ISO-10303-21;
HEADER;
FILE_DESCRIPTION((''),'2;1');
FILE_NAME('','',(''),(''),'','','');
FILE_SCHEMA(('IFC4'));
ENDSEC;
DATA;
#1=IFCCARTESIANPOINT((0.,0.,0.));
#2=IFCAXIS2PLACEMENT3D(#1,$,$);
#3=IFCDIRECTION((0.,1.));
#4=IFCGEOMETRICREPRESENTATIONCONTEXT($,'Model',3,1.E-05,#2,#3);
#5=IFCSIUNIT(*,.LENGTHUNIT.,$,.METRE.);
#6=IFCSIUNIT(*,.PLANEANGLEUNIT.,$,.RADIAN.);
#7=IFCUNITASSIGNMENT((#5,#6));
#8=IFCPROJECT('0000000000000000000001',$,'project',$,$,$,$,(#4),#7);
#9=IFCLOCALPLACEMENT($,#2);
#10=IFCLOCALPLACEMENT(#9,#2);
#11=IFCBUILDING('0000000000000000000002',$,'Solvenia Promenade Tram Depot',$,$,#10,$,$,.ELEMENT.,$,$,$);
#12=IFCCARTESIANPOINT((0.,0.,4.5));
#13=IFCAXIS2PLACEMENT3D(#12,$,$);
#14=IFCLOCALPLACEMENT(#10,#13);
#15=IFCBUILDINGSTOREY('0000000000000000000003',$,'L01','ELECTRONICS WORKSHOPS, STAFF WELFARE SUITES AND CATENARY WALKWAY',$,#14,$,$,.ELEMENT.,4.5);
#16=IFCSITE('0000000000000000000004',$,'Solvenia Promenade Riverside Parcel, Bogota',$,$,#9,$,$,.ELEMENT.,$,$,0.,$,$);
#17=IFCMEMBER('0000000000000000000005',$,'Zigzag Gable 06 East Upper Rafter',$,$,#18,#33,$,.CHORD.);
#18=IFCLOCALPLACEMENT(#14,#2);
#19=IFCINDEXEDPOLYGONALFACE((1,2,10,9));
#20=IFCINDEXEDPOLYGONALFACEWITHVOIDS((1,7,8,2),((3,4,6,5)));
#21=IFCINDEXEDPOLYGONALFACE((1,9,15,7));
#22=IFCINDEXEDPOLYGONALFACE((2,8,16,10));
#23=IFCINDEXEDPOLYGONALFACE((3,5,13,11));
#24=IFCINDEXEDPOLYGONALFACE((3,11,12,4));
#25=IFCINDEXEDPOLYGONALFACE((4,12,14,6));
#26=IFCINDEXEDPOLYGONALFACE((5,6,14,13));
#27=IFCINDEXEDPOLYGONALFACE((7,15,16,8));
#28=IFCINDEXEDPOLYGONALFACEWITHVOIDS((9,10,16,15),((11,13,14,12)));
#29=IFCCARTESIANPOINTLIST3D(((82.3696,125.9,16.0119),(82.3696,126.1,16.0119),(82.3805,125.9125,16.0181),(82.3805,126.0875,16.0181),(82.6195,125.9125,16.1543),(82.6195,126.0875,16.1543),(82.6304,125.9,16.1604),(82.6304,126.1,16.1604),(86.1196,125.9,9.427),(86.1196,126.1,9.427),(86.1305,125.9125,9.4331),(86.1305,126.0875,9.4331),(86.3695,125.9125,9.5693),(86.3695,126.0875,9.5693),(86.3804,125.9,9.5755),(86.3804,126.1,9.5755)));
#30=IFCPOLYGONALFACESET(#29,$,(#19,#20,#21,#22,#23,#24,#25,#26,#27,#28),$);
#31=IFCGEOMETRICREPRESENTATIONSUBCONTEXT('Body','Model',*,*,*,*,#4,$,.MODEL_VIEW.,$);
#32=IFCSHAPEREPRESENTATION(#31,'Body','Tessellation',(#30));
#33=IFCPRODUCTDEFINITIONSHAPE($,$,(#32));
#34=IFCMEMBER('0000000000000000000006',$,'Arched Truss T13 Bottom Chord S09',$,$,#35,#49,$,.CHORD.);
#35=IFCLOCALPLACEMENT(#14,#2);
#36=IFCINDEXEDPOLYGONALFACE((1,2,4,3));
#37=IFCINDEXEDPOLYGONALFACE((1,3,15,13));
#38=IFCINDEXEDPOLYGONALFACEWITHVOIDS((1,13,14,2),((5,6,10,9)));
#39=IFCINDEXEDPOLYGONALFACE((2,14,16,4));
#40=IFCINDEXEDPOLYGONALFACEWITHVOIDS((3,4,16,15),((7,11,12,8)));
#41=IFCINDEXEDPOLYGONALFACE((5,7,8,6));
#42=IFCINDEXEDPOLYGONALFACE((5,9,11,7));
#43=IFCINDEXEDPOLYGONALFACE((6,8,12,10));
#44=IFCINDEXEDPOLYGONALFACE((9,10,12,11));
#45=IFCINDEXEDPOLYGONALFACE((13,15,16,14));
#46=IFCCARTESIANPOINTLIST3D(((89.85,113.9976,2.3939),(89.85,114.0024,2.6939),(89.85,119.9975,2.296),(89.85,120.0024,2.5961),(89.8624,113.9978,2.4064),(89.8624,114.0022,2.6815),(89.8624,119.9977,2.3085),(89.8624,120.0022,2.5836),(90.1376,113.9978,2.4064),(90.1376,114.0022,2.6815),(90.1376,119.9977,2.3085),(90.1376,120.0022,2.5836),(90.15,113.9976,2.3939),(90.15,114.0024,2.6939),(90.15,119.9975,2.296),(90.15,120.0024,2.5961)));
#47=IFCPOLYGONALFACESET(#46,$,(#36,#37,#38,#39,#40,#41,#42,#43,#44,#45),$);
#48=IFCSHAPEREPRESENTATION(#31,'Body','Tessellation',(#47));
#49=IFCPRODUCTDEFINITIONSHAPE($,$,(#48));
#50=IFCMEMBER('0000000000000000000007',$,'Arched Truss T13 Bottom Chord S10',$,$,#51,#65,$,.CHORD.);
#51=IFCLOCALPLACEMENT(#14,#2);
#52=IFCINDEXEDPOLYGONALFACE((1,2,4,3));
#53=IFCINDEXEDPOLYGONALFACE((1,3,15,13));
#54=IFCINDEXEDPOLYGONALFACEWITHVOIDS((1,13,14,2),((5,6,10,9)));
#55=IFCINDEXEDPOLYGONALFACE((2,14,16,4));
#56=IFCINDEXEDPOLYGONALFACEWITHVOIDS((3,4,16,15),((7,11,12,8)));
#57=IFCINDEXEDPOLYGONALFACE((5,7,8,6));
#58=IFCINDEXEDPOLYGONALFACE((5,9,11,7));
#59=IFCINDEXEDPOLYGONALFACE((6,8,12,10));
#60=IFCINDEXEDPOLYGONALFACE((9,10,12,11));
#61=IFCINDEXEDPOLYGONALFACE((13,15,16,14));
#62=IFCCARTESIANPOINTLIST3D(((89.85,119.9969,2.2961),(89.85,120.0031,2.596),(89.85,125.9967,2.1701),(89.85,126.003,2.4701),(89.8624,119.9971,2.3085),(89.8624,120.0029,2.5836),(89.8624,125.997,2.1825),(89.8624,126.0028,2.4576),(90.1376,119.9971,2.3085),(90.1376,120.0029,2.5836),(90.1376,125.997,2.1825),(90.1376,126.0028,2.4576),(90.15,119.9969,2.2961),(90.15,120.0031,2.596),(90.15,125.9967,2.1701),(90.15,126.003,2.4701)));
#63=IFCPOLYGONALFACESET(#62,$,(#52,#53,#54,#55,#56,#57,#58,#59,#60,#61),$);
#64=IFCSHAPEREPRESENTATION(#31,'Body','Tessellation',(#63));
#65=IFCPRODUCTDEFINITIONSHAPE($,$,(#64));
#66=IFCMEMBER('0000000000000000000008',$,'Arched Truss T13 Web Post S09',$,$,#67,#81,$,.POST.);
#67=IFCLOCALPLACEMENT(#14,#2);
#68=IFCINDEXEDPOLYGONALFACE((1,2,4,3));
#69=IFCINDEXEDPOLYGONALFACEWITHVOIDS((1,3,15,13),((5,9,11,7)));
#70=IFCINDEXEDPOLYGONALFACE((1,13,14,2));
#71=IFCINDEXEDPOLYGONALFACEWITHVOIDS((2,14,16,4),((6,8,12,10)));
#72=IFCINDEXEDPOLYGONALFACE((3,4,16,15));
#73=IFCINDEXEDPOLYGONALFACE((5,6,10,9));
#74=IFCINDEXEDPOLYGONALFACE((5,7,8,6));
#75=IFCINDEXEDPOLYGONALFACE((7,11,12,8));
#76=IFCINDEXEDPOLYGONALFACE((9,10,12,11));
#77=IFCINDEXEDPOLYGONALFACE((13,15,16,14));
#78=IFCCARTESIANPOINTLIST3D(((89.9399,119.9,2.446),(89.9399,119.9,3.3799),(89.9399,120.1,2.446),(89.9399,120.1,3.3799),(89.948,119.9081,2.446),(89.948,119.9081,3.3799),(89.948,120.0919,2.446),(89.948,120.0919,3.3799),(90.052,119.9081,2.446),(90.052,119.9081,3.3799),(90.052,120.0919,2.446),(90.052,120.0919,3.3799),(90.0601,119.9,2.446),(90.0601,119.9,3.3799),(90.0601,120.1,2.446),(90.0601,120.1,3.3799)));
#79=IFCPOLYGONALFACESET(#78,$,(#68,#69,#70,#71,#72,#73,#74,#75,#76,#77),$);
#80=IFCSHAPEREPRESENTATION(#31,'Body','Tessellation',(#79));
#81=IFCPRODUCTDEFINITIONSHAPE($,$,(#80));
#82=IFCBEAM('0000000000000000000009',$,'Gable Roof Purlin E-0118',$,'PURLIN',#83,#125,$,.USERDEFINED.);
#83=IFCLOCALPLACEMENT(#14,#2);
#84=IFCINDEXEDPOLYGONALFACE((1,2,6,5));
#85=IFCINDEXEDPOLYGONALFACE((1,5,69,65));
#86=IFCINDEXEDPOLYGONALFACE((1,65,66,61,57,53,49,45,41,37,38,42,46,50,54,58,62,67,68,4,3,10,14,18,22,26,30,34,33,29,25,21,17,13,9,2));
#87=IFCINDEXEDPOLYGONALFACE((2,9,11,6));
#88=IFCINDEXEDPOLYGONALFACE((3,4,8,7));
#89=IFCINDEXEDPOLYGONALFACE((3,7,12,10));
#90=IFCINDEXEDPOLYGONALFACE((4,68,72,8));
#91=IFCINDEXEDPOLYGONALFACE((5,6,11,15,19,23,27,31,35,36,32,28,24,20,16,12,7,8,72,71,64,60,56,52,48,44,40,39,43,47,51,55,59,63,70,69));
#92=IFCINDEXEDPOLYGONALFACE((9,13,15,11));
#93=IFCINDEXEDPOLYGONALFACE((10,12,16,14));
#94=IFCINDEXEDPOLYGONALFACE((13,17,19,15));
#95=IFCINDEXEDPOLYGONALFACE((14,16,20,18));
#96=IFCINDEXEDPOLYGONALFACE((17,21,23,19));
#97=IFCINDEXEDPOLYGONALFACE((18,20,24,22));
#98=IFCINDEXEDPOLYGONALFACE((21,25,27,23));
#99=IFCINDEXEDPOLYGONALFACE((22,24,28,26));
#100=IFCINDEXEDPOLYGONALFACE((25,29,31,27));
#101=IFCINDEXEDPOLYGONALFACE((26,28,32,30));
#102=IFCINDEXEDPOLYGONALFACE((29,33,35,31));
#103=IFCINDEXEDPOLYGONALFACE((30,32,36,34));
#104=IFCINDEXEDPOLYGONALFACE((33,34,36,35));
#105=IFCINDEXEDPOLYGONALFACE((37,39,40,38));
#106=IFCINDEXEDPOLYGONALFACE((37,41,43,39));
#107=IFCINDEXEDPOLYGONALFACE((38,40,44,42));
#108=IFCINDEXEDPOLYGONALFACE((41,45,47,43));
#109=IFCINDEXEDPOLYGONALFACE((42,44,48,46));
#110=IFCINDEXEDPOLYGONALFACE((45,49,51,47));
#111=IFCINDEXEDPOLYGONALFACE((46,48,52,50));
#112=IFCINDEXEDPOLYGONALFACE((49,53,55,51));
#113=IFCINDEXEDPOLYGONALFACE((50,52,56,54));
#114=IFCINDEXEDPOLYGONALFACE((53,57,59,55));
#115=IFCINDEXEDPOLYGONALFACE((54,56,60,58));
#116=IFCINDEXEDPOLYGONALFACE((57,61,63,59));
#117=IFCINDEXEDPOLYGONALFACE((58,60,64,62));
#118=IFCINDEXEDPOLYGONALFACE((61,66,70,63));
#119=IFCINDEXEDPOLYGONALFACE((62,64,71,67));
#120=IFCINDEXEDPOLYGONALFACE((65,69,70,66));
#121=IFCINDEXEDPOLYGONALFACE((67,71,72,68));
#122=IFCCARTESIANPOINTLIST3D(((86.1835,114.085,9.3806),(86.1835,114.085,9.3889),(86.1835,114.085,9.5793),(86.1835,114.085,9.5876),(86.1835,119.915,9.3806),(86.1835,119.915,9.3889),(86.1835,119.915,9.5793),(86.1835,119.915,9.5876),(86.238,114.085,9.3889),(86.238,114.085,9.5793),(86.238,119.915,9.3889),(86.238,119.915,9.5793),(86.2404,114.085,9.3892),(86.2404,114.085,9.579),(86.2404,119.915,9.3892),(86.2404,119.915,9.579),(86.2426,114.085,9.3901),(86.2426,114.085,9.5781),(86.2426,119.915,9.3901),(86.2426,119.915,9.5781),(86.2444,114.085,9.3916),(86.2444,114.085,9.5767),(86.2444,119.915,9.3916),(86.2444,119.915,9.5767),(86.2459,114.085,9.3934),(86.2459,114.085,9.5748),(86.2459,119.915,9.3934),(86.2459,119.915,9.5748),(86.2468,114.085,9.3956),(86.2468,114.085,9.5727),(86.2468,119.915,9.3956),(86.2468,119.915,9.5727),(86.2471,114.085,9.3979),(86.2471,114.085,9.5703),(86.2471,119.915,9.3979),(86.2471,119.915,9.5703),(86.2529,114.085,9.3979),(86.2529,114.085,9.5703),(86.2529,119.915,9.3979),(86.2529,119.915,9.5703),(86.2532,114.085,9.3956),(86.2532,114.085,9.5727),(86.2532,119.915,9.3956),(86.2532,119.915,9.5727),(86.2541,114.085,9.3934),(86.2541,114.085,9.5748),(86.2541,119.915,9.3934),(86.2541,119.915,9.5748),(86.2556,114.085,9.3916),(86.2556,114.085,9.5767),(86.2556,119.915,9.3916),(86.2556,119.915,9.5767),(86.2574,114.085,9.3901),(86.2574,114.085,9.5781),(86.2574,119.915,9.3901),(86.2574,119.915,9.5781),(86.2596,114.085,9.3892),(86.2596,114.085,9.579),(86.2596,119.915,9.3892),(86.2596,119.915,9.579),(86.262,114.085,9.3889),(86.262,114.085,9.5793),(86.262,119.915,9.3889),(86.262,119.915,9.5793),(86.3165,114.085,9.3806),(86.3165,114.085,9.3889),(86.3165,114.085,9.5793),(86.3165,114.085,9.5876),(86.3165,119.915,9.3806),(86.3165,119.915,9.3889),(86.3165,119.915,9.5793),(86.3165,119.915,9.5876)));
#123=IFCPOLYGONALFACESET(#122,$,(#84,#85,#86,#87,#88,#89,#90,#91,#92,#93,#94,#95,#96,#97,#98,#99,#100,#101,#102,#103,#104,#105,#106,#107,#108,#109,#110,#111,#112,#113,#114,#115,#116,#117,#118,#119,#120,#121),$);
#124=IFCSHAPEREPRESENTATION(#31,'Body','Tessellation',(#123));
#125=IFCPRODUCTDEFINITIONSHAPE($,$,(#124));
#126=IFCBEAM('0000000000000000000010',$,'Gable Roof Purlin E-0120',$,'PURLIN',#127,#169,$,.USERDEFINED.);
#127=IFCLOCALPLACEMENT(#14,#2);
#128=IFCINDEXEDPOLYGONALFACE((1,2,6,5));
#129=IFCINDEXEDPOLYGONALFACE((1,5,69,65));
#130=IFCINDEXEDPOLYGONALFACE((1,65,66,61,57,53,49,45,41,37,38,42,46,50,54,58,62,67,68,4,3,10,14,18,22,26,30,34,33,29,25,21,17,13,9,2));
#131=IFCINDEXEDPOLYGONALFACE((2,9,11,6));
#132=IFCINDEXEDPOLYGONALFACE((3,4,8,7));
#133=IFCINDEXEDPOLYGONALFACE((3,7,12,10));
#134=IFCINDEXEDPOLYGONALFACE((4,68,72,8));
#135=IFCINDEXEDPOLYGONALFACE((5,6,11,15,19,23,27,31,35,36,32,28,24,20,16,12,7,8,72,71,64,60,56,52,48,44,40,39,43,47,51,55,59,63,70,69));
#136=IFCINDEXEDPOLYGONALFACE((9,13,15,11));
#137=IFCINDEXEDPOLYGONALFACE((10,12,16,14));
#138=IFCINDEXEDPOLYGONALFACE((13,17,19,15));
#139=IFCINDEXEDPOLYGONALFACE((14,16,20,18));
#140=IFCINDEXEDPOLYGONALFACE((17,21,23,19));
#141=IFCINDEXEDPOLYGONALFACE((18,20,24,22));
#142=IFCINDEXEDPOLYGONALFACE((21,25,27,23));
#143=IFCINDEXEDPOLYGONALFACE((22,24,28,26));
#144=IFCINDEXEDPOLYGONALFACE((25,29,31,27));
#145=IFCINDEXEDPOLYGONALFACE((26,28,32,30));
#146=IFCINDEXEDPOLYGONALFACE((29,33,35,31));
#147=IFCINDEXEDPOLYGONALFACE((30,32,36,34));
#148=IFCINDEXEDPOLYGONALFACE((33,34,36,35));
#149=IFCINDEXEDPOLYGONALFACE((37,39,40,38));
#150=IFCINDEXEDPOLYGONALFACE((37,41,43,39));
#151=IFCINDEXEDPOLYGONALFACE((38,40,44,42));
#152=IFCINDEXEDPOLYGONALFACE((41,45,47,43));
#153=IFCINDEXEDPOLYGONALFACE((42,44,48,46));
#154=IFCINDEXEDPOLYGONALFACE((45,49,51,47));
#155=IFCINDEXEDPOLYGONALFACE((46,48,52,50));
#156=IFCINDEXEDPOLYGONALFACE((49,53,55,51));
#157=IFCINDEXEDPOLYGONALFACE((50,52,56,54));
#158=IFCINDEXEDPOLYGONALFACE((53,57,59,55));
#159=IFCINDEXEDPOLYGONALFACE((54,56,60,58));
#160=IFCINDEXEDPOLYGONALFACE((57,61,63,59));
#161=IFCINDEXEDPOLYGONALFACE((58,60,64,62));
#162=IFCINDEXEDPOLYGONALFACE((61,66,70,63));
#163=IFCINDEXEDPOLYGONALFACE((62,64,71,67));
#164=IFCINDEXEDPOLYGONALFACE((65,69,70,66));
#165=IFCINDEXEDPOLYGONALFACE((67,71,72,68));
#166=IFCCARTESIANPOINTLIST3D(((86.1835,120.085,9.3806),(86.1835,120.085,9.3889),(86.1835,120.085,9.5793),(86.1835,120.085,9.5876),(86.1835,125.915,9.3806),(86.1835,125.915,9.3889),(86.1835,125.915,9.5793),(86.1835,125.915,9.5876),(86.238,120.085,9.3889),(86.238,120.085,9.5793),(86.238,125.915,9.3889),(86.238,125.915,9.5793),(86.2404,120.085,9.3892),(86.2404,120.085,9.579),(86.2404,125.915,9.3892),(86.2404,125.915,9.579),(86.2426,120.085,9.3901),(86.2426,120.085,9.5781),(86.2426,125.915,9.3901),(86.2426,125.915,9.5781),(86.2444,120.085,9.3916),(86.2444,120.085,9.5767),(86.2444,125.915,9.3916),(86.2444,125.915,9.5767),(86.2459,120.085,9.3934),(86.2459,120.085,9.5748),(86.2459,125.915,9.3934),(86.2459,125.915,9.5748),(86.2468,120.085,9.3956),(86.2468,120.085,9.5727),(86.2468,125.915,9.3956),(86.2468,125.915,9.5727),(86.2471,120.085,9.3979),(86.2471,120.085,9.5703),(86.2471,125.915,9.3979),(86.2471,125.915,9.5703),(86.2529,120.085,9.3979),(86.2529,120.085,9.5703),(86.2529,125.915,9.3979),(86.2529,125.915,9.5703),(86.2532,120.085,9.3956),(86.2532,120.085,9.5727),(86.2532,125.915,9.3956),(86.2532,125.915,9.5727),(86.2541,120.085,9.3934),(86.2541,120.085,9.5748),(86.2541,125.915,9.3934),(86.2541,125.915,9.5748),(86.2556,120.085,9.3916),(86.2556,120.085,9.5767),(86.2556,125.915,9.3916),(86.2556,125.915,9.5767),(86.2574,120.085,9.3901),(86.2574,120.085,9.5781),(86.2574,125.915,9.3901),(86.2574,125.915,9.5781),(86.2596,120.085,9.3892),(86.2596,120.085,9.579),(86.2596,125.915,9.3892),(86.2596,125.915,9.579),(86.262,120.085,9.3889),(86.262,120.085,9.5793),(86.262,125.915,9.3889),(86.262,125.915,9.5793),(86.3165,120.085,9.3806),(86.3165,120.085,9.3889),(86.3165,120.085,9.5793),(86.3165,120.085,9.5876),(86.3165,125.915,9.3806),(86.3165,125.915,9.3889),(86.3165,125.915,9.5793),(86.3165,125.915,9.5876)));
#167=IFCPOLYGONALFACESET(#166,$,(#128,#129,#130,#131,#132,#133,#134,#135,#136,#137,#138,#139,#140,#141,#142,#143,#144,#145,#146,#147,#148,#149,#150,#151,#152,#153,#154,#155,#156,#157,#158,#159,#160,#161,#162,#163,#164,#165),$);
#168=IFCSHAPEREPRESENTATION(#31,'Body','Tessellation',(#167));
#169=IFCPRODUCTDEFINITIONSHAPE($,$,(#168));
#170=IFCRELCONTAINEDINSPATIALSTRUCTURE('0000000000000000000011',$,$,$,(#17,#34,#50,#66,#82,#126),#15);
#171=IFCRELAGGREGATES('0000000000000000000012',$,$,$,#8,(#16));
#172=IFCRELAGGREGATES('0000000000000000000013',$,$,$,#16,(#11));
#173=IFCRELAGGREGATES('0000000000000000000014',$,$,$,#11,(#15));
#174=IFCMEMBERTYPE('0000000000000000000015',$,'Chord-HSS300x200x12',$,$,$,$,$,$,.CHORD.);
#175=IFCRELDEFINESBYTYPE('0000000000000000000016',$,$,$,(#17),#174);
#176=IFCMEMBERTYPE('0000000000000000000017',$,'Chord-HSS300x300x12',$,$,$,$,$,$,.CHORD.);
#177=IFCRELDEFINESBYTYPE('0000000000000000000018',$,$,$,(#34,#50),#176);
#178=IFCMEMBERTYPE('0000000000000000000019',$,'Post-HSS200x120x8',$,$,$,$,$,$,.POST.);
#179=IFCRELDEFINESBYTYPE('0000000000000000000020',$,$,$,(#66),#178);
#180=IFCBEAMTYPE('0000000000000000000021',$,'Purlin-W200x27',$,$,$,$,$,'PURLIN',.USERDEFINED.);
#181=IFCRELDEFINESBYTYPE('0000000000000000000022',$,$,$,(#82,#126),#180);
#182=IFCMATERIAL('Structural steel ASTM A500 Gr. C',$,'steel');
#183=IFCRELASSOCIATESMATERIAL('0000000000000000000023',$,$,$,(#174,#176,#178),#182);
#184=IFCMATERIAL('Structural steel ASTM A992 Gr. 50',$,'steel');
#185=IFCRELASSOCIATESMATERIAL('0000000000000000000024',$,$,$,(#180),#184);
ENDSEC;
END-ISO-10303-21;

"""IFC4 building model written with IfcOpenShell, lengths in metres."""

from ifc_helpers import new_model, si_unit, direction, frame, origin, origin_2d, place, context, subcontext, project, spatial, hollow_rectangle, i_section, extrude, material, material_profile, profile_set, type_object, element, save


model = new_model("IFC4")

# Units and contexts
model_context = context("Model", 3, precision=1e-05, world=origin(), true_north=direction((0.0, 1.0)))
body_context = subcontext(model_context, "Body", "Model", "MODEL_VIEW")
ifc_project = project(units=[si_unit("LENGTHUNIT", "METRE"), si_unit("PLANEANGLEUNIT", "RADIAN")], contexts=[model_context])

# Site, building, storey
site_placement = place(None, origin())
site = spatial("IfcSite", under=ifc_project, at=site_placement, Name="Solvenia Promenade Riverside Parcel, Bogota", CompositionType="ELEMENT", RefElevation=0.0)
building_placement = place(site_placement, origin())
building = spatial("IfcBuilding", under=site, at=building_placement, Name="Solvenia Promenade Tram Depot", CompositionType="ELEMENT")
storey_placement = place(building_placement, frame((0.0, 0.0, 4.5)))
storey = spatial("IfcBuildingStorey", under=building, at=storey_placement, Name="L01", Description="ELECTRONICS WORKSHOPS, STAFF WELFARE SUITES AND CATENARY WALKWAY", CompositionType="ELEMENT", Elevation=4.5)

# Members
ifc_material_1 = material(Name="Structural steel ASTM A500 Gr. C", Category="steel")
ifc_material_profile_1 = material_profile(ifc_material_1, hollow_rectangle(XDim=0.2, YDim=0.3, WallThickness=0.0125, at=origin_2d()), Name="HSS300x200x12.5", Category="steel")
ifc_profile_set_1 = profile_set([ifc_material_profile_1], Name="Structural steel ASTM A500 Gr. C")
member_type_1 = type_object("IfcMemberType", Name="Chord-HSS300x200x12", PredefinedType="CHORD", material=ifc_profile_set_1)
member_1_placement = place(storey_placement, frame((82.5, 126.0, 16.0862), z_axis=(0.494862, 0.0, -0.868972), x_axis=(0.0, 1.0, 0.0)))
element("IfcMember", 1, at=member_1_placement, inside=storey, type_object=member_type_1, Name="Zigzag Gable 06 East Upper Rafter", PredefinedType="CHORD", context=body_context, shape_type="SweptSolid", body=[
    extrude(hollow_rectangle(XDim=0.2, YDim=0.3, WallThickness=0.0125, at=origin_2d()), origin(), (0.0, 0.0, 1.0), 7.5779),
])
ifc_material_profile_2 = material_profile(ifc_material_1, hollow_rectangle(XDim=0.3, YDim=0.3, WallThickness=0.0125, at=origin_2d()), Name="HSS300x300x12.5", Category="steel")
ifc_profile_set_2 = profile_set([ifc_material_profile_2], Name="Structural steel ASTM A500 Gr. C")
member_type_2 = type_object("IfcMemberType", Name="Chord-HSS300x300x12", PredefinedType="CHORD", material=ifc_profile_set_2)
member_2_placement = place(storey_placement, frame((90.0, 114.0, 2.5439), z_axis=(0.0, 0.999867, -0.016315), x_axis=(-1.0, 0.0, 0.0)))
element("IfcMember", 2, at=member_2_placement, inside=storey, type_object=member_type_2, Name="Arched Truss T13 Bottom Chord S09", PredefinedType="CHORD", context=body_context, shape_type="SweptSolid", body=[
    extrude(hollow_rectangle(XDim=0.3, YDim=0.3, WallThickness=0.0125, at=origin_2d()), origin(), (0.0, 0.0, 1.0), 6.0007),
])
member_3_placement = place(storey_placement, frame((90.0, 120.0, 2.446), z_axis=(0.0, 0.99978, -0.020991), x_axis=(-1.0, 0.0, 0.0)))
element("IfcMember", 3, at=member_3_placement, inside=storey, type_object=member_type_2, Name="Arched Truss T13 Bottom Chord S10", PredefinedType="CHORD", context=body_context, shape_type="SweptSolid", body=[
    extrude(hollow_rectangle(XDim=0.3, YDim=0.3, WallThickness=0.0125, at=origin_2d()), origin(), (0.0, 0.0, 1.0), 6.0012),
])
ifc_material_profile_3 = material_profile(ifc_material_1, hollow_rectangle(XDim=0.1201, YDim=0.2, WallThickness=0.0081, at=origin_2d()), Name="HSS200x120x8", Category="steel")
ifc_profile_set_3 = profile_set([ifc_material_profile_3], Name="Structural steel ASTM A500 Gr. C")
member_type_3 = type_object("IfcMemberType", Name="Post-HSS200x120x8", PredefinedType="POST", material=ifc_profile_set_3)
member_4_placement = place(storey_placement, frame((90.0, 120.0, 2.446), z_axis=(0.0, 0.0, 1.0), x_axis=(1.0, 0.0, 0.0)))
element("IfcMember", 4, at=member_4_placement, inside=storey, type_object=member_type_3, Name="Arched Truss T13 Web Post S09", PredefinedType="POST", context=body_context, shape_type="SweptSolid", body=[
    extrude(hollow_rectangle(XDim=0.1201, YDim=0.2, WallThickness=0.0081, at=origin_2d()), origin(), (0.0, 0.0, 1.0), 0.9338),
])

# Beams
ifc_material_2 = material(Name="Structural steel ASTM A992 Gr. 50", Category="steel")
ifc_material_profile_4 = material_profile(ifc_material_2, i_section(OverallWidth=0.1331, OverallDepth=0.207, WebThickness=0.0059, FlangeThickness=0.0083, FilletRadius=0.009, at=origin_2d()), Name="W200x27", Category="steel")
ifc_profile_set_4 = profile_set([ifc_material_profile_4], Name="Structural steel ASTM A992 Gr. 50")
beam_type_1 = type_object("IfcBeamType", Name="Purlin-W200x27", ElementType="PURLIN", PredefinedType="USERDEFINED", material=ifc_profile_set_4)
for number, where, z_axis, x_axis, name in (
    (5, (86.25, 114.085, 9.4841), (0.0, 1.0, 0.0), (-1.0, 0.0, 0.0), "Gable Roof Purlin E-0118"),
    (6, (86.25, 120.085, 9.4841), (0.0, 1.0, 0.0), (-1.0, 0.0, 0.0), "Gable Roof Purlin E-0120"),
):
    element("IfcBeam", number, at=place(storey_placement, frame(where, z_axis=z_axis, x_axis=x_axis)), inside=storey, type_object=beam_type_1, Name=name, ObjectType="PURLIN", PredefinedType="USERDEFINED", context=body_context, shape_type="SweptSolid", body=[
        extrude(i_section(OverallWidth=0.1331, OverallDepth=0.207, WebThickness=0.0059, FlangeThickness=0.0083, FilletRadius=0.009, at=origin_2d()), origin(), (0.0, 0.0, 1.0), 5.8301),
    ])

save(model, "model.ifc")
